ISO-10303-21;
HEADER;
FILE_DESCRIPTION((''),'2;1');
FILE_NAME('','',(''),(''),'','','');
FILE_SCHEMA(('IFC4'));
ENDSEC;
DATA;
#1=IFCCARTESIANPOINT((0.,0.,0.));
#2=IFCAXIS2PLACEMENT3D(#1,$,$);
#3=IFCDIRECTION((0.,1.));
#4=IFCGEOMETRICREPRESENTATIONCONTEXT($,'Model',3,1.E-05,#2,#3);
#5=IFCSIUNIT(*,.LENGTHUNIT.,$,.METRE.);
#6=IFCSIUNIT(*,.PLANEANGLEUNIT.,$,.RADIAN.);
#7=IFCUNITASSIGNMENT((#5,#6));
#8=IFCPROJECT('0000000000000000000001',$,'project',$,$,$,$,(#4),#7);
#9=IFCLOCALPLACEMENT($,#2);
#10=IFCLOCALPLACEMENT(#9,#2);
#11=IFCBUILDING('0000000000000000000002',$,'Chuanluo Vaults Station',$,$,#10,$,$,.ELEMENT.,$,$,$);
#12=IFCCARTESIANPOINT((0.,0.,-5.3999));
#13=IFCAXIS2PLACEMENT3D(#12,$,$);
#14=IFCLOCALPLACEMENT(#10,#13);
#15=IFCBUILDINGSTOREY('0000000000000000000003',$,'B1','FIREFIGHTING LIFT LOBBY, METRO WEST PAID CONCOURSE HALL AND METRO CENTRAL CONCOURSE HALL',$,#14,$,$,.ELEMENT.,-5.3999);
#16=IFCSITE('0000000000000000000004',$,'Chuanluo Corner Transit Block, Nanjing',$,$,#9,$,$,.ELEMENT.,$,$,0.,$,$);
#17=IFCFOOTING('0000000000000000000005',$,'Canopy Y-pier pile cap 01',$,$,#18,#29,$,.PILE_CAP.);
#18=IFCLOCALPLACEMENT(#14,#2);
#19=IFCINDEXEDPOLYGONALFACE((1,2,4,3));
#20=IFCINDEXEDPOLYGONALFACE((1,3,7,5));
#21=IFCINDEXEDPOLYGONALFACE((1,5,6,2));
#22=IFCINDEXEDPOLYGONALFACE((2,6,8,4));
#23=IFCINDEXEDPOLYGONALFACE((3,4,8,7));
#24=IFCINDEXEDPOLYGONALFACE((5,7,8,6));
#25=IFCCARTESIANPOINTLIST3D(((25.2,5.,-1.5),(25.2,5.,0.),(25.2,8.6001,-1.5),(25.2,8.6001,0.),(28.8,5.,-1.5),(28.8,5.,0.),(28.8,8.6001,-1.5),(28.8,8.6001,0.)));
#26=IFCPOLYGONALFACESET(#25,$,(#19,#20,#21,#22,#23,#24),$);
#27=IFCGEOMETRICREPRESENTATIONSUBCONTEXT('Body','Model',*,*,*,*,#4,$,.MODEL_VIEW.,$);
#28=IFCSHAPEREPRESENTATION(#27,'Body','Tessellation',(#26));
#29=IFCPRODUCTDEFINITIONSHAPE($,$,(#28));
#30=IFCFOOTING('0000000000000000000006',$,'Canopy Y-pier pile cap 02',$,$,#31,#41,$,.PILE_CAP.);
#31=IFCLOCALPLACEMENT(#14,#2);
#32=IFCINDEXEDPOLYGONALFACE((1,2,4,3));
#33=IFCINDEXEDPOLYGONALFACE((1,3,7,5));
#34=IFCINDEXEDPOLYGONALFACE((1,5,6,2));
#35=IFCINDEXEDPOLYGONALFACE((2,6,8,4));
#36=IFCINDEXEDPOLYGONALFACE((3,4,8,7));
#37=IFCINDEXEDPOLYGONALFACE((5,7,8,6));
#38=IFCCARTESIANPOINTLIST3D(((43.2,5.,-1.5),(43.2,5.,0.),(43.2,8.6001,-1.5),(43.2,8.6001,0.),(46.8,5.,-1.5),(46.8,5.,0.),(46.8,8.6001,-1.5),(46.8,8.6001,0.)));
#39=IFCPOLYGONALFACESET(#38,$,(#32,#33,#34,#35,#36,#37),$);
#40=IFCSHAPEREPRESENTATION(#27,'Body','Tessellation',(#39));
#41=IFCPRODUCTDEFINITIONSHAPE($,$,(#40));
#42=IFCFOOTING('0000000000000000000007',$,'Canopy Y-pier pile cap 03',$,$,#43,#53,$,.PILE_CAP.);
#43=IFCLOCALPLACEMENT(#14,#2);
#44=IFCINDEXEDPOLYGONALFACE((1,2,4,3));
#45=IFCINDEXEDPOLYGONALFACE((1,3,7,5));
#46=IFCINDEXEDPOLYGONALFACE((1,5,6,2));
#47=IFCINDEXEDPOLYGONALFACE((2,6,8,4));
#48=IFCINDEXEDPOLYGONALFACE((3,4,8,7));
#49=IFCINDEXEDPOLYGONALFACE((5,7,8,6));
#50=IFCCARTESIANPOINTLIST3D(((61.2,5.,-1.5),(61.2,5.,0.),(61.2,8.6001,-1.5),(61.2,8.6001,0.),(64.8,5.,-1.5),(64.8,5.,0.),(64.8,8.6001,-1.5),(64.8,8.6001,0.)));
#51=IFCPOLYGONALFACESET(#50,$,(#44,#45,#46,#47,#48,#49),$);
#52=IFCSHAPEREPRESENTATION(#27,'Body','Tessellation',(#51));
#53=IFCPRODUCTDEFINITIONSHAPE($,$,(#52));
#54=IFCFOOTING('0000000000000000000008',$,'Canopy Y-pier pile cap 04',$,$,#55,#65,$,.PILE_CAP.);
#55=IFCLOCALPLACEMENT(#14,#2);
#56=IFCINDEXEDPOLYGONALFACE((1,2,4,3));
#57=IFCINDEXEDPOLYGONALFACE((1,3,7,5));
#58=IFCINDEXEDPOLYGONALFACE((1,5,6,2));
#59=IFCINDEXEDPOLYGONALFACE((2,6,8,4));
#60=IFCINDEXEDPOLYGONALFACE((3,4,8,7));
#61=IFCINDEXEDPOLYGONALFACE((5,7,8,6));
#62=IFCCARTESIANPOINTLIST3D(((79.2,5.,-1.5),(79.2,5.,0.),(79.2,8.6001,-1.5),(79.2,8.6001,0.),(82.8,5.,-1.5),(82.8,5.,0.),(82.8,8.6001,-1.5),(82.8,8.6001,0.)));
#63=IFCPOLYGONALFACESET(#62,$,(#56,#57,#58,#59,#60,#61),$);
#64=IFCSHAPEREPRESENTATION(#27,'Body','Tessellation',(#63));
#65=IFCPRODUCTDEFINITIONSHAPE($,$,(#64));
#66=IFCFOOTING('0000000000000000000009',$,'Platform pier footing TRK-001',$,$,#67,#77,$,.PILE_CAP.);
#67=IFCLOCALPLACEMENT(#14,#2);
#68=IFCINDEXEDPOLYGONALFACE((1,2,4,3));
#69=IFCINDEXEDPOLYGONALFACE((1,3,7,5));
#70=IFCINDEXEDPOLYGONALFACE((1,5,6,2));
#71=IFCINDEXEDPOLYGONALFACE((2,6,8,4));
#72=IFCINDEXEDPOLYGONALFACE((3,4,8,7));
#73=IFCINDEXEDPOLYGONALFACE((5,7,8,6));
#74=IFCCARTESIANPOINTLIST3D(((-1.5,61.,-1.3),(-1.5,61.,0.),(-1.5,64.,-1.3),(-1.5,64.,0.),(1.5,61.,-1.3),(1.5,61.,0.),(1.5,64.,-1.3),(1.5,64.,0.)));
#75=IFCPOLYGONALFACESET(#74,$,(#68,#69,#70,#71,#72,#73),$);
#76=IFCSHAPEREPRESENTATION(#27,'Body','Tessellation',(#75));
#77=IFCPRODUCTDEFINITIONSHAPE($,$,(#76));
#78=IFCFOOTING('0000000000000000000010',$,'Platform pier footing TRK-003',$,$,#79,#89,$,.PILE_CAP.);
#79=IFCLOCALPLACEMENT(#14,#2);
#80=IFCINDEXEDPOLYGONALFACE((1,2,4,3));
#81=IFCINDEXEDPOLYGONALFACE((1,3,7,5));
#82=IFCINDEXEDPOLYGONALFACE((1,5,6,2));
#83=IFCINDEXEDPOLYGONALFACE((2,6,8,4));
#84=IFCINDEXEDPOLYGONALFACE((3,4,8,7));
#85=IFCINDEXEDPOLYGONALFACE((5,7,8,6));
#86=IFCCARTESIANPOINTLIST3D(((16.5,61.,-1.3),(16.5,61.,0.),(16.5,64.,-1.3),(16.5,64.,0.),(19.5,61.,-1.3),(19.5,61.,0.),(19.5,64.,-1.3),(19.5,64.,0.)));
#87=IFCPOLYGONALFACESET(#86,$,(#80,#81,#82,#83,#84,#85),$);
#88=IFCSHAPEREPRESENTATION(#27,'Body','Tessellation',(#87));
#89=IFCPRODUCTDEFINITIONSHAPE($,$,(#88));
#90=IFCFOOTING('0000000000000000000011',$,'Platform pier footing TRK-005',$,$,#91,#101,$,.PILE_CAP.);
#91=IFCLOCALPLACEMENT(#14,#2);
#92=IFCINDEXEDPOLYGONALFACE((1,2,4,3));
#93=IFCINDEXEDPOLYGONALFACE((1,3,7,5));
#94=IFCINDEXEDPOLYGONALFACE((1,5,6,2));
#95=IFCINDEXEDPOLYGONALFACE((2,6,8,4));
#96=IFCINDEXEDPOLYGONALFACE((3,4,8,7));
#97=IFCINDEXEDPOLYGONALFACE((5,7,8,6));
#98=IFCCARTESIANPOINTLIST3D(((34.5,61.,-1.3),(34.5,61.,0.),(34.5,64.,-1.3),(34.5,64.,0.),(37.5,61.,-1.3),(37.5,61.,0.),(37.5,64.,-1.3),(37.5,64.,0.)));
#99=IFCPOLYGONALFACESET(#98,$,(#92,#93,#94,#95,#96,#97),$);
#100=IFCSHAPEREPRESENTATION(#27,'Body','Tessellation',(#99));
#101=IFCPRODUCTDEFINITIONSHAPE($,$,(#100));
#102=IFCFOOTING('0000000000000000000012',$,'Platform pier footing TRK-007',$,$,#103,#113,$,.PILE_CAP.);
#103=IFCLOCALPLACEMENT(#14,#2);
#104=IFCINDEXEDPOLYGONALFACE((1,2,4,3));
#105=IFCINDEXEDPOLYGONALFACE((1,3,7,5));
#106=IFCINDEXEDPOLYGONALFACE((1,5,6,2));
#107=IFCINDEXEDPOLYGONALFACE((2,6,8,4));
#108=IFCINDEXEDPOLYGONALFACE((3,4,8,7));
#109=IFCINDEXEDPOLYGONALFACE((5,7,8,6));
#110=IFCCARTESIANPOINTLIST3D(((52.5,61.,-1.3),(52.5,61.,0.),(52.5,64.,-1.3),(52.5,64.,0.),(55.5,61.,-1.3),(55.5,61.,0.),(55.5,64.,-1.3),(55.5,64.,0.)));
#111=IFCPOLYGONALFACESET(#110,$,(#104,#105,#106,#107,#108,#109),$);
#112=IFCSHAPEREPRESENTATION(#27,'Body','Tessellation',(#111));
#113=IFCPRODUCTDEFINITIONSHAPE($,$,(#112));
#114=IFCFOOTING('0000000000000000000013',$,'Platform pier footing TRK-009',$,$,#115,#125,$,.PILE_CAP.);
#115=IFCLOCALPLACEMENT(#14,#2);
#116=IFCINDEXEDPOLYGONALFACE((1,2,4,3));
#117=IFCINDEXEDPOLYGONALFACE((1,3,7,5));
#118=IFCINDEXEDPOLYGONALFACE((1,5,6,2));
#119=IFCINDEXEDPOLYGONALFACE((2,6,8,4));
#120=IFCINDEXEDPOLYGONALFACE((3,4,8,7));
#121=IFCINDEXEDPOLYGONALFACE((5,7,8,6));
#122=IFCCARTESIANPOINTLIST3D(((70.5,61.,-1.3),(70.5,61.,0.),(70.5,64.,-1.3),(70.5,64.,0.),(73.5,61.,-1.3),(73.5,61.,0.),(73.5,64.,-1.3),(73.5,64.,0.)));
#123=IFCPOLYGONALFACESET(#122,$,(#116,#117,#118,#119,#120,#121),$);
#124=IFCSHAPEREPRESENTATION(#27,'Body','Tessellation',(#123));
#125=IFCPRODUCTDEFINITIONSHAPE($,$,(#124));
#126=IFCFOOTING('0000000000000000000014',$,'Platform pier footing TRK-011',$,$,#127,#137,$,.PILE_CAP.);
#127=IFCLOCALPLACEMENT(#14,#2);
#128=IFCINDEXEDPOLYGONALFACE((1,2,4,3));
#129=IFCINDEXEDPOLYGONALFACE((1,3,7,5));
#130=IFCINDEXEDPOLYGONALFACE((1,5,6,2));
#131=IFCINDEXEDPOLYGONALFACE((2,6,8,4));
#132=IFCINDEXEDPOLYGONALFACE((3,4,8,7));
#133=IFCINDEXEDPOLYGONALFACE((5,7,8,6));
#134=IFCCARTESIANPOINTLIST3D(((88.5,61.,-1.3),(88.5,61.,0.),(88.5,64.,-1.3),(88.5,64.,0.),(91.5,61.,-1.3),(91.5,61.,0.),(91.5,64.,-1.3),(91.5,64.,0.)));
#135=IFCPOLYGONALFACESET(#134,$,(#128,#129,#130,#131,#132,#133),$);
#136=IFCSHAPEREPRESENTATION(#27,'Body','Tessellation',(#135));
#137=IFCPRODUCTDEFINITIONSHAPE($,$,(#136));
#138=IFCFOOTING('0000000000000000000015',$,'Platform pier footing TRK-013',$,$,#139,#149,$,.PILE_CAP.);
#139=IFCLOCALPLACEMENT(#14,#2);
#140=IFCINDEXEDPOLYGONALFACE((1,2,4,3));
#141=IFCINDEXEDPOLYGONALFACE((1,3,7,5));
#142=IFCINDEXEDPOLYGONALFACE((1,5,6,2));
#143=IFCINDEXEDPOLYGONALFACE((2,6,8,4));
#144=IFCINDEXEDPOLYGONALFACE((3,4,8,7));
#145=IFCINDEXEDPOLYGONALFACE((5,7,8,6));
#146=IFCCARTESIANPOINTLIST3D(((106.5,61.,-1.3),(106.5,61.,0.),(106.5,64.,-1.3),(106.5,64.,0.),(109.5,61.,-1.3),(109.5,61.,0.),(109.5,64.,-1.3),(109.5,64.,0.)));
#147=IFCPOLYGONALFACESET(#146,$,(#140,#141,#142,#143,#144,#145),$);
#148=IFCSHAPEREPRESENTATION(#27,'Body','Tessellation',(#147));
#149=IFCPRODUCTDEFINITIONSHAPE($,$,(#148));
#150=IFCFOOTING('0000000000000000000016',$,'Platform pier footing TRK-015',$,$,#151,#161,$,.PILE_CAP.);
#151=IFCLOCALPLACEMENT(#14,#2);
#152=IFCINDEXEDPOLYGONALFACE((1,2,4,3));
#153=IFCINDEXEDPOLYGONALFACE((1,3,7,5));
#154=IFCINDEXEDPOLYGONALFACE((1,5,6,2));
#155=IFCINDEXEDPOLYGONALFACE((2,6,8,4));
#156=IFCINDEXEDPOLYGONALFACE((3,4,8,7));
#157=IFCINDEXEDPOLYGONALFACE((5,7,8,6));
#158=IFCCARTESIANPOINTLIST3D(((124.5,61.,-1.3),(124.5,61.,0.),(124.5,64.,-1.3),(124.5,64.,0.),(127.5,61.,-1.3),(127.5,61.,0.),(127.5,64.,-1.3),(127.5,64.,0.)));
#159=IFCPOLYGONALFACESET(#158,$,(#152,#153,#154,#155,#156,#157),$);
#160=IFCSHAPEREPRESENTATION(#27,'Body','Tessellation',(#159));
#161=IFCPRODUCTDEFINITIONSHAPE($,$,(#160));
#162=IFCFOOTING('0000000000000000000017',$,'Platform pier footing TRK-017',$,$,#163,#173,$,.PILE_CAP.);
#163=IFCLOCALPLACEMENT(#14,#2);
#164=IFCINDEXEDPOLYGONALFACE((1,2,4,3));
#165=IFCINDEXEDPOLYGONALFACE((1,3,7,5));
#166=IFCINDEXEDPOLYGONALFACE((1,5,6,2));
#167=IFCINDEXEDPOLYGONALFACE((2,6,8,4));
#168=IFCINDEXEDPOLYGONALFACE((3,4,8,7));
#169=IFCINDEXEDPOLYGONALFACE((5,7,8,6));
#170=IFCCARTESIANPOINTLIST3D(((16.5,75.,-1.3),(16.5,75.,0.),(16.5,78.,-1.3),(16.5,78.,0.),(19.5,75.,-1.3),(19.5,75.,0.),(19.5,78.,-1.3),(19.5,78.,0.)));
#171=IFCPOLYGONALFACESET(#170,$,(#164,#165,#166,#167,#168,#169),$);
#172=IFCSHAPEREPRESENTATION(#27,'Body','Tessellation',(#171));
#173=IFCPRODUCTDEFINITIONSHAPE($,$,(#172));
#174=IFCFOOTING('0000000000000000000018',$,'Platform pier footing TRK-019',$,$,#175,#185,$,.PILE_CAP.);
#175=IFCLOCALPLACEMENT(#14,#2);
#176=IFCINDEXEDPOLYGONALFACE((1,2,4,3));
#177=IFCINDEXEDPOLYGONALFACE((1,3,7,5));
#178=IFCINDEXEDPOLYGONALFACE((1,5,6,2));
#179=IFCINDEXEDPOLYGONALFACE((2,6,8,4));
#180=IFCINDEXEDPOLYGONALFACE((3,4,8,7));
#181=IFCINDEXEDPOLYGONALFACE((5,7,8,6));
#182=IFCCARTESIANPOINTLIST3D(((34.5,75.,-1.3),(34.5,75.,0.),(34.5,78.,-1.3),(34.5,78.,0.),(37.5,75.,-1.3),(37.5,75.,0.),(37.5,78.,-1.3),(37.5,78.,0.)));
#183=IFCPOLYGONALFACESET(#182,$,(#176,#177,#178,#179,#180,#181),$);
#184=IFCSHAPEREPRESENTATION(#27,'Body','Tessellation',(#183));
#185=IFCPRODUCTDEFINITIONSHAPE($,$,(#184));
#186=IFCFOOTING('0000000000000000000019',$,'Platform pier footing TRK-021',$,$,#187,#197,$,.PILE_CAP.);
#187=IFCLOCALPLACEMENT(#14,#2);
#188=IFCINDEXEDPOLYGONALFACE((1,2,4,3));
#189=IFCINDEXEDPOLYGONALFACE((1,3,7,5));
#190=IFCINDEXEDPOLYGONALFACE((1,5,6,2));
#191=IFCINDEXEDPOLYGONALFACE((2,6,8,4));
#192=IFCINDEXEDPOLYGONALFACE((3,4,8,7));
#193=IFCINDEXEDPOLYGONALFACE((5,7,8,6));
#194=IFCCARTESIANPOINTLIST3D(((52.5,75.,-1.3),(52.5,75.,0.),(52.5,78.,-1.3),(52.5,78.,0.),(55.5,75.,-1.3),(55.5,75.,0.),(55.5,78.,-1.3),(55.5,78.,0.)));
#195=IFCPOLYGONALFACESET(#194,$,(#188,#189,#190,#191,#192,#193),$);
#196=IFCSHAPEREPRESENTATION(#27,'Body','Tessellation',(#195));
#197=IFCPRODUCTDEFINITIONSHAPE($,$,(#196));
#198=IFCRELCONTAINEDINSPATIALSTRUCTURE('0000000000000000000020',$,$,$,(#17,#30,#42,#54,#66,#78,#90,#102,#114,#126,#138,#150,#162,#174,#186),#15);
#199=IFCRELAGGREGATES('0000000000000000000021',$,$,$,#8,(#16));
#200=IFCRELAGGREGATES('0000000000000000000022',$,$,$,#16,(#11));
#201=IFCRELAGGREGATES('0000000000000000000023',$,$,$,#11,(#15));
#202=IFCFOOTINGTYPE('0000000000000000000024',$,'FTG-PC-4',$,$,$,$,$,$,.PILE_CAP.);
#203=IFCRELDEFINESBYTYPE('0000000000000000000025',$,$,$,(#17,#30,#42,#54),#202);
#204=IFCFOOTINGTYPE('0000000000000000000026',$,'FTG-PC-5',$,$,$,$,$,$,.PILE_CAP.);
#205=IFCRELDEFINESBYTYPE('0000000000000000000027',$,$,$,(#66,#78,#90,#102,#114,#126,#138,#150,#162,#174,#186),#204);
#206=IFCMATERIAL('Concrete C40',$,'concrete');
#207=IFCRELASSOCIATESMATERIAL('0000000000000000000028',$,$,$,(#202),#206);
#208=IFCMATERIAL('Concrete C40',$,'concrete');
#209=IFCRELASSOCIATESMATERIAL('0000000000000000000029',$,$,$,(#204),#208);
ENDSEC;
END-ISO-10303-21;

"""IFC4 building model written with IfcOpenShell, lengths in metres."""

from ifc_helpers import new_model, si_unit, direction, frame, origin, place, context, subcontext, project, spatial, polyline, outline, extrude, material, type_object, element, save


model = new_model("IFC4")

# Units and contexts
model_context = context("Model", 3, precision=1e-05, world=origin(), true_north=direction((0.0, 1.0)))
body_context = subcontext(model_context, "Body", "Model", "MODEL_VIEW")
ifc_project = project(units=[si_unit("LENGTHUNIT", "METRE"), si_unit("PLANEANGLEUNIT", "RADIAN")], contexts=[model_context])

# Site, building, storey
site_placement = place(None, origin())
site = spatial("IfcSite", under=ifc_project, at=site_placement, Name="Chuanluo Corner Transit Block, Nanjing", CompositionType="ELEMENT", RefElevation=0.0)
building_placement = place(site_placement, origin())
building = spatial("IfcBuilding", under=site, at=building_placement, Name="Chuanluo Vaults Station", CompositionType="ELEMENT")
storey_placement = place(building_placement, frame((0.0, 0.0, -5.3999)))
storey = spatial("IfcBuildingStorey", under=building, at=storey_placement, Name="B1", Description="FIREFIGHTING LIFT LOBBY, METRO WEST PAID CONCOURSE HALL AND METRO CENTRAL CONCOURSE HALL", CompositionType="ELEMENT", Elevation=-5.3999)

# Footings
ifc_material_1 = material(Name="Concrete C40", Category="concrete")
footing_type_1 = type_object("IfcFootingType", Name="FTG-PC-4", PredefinedType="PILE_CAP", material=ifc_material_1)
footing_1_placement = place(storey_placement, frame((0.0, 0.0, -1.5)))
element("IfcFooting", 1, at=footing_1_placement, inside=storey, type_object=footing_type_1, Name="Canopy Y-pier pile cap 01", PredefinedType="PILE_CAP", context=body_context, shape_type="SweptSolid", body=[
    extrude(outline(polyline([(25.2, 5.0), (28.8, 5.0), (28.8, 8.6001), (25.2, 8.6001), (25.2, 5.0)])), origin(), (0.0, 0.0, 1.0), 1.5),
])
footing_2_placement = place(storey_placement, frame((0.0, 0.0, -1.5)))
element("IfcFooting", 2, at=footing_2_placement, inside=storey, type_object=footing_type_1, Name="Canopy Y-pier pile cap 02", PredefinedType="PILE_CAP", context=body_context, shape_type="SweptSolid", body=[
    extrude(outline(polyline([(43.2, 5.0), (46.8, 5.0), (46.8, 8.6001), (43.2, 8.6001), (43.2, 5.0)])), origin(), (0.0, 0.0, 1.0), 1.5),
])
footing_3_placement = place(storey_placement, frame((0.0, 0.0, -1.5)))
element("IfcFooting", 3, at=footing_3_placement, inside=storey, type_object=footing_type_1, Name="Canopy Y-pier pile cap 03", PredefinedType="PILE_CAP", context=body_context, shape_type="SweptSolid", body=[
    extrude(outline(polyline([(61.2, 5.0), (64.8, 5.0), (64.8, 8.6001), (61.2, 8.6001), (61.2, 5.0)])), origin(), (0.0, 0.0, 1.0), 1.5),
])
footing_4_placement = place(storey_placement, frame((0.0, 0.0, -1.5)))
element("IfcFooting", 4, at=footing_4_placement, inside=storey, type_object=footing_type_1, Name="Canopy Y-pier pile cap 04", PredefinedType="PILE_CAP", context=body_context, shape_type="SweptSolid", body=[
    extrude(outline(polyline([(79.2, 5.0), (82.8, 5.0), (82.8, 8.6001), (79.2, 8.6001), (79.2, 5.0)])), origin(), (0.0, 0.0, 1.0), 1.5),
])
ifc_material_2 = material(Name="Concrete C40", Category="concrete")
footing_type_2 = type_object("IfcFootingType", Name="FTG-PC-5", PredefinedType="PILE_CAP", material=ifc_material_2)
footing_5_placement = place(storey_placement, frame((0.0, 0.0, -1.3)))
element("IfcFooting", 5, at=footing_5_placement, inside=storey, type_object=footing_type_2, Name="Platform pier footing TRK-001", PredefinedType="PILE_CAP", context=body_context, shape_type="SweptSolid", body=[
    extrude(outline(polyline([(-1.5, 61.0), (1.5, 61.0), (1.5, 64.0), (-1.5, 64.0), (-1.5, 61.0)])), origin(), (0.0, 0.0, 1.0), 1.3),
])
footing_6_placement = place(storey_placement, frame((0.0, 0.0, -1.3)))
element("IfcFooting", 6, at=footing_6_placement, inside=storey, type_object=footing_type_2, Name="Platform pier footing TRK-003", PredefinedType="PILE_CAP", context=body_context, shape_type="SweptSolid", body=[
    extrude(outline(polyline([(16.5, 61.0), (19.5, 61.0), (19.5, 64.0), (16.5, 64.0), (16.5, 61.0)])), origin(), (0.0, 0.0, 1.0), 1.3),
])
footing_7_placement = place(storey_placement, frame((0.0, 0.0, -1.3)))
element("IfcFooting", 7, at=footing_7_placement, inside=storey, type_object=footing_type_2, Name="Platform pier footing TRK-005", PredefinedType="PILE_CAP", context=body_context, shape_type="SweptSolid", body=[
    extrude(outline(polyline([(34.5, 61.0), (37.5, 61.0), (37.5, 64.0), (34.5, 64.0), (34.5, 61.0)])), origin(), (0.0, 0.0, 1.0), 1.3),
])
footing_8_placement = place(storey_placement, frame((0.0, 0.0, -1.3)))
element("IfcFooting", 8, at=footing_8_placement, inside=storey, type_object=footing_type_2, Name="Platform pier footing TRK-007", PredefinedType="PILE_CAP", context=body_context, shape_type="SweptSolid", body=[
    extrude(outline(polyline([(52.5, 61.0), (55.5, 61.0), (55.5, 64.0), (52.5, 64.0), (52.5, 61.0)])), origin(), (0.0, 0.0, 1.0), 1.3),
])
footing_9_placement = place(storey_placement, frame((0.0, 0.0, -1.3)))
element("IfcFooting", 9, at=footing_9_placement, inside=storey, type_object=footing_type_2, Name="Platform pier footing TRK-009", PredefinedType="PILE_CAP", context=body_context, shape_type="SweptSolid", body=[
    extrude(outline(polyline([(70.5, 61.0), (73.5, 61.0), (73.5, 64.0), (70.5, 64.0), (70.5, 61.0)])), origin(), (0.0, 0.0, 1.0), 1.3),
])
footing_10_placement = place(storey_placement, frame((0.0, 0.0, -1.3)))
element("IfcFooting", 10, at=footing_10_placement, inside=storey, type_object=footing_type_2, Name="Platform pier footing TRK-011", PredefinedType="PILE_CAP", context=body_context, shape_type="SweptSolid", body=[
    extrude(outline(polyline([(88.5, 61.0), (91.5, 61.0), (91.5, 64.0), (88.5, 64.0), (88.5, 61.0)])), origin(), (0.0, 0.0, 1.0), 1.3),
])
footing_11_placement = place(storey_placement, frame((0.0, 0.0, -1.3)))
element("IfcFooting", 11, at=footing_11_placement, inside=storey, type_object=footing_type_2, Name="Platform pier footing TRK-013", PredefinedType="PILE_CAP", context=body_context, shape_type="SweptSolid", body=[
    extrude(outline(polyline([(106.5, 61.0), (109.5, 61.0), (109.5, 64.0), (106.5, 64.0), (106.5, 61.0)])), origin(), (0.0, 0.0, 1.0), 1.3),
])
footing_12_placement = place(storey_placement, frame((0.0, 0.0, -1.3)))
element("IfcFooting", 12, at=footing_12_placement, inside=storey, type_object=footing_type_2, Name="Platform pier footing TRK-015", PredefinedType="PILE_CAP", context=body_context, shape_type="SweptSolid", body=[
    extrude(outline(polyline([(124.5, 61.0), (127.5, 61.0), (127.5, 64.0), (124.5, 64.0), (124.5, 61.0)])), origin(), (0.0, 0.0, 1.0), 1.3),
])
footing_13_placement = place(storey_placement, frame((0.0, 0.0, -1.3)))
element("IfcFooting", 13, at=footing_13_placement, inside=storey, type_object=footing_type_2, Name="Platform pier footing TRK-017", PredefinedType="PILE_CAP", context=body_context, shape_type="SweptSolid", body=[
    extrude(outline(polyline([(16.5, 75.0), (19.5, 75.0), (19.5, 78.0), (16.5, 78.0), (16.5, 75.0)])), origin(), (0.0, 0.0, 1.0), 1.3),
])
footing_14_placement = place(storey_placement, frame((0.0, 0.0, -1.3)))
element("IfcFooting", 14, at=footing_14_placement, inside=storey, type_object=footing_type_2, Name="Platform pier footing TRK-019", PredefinedType="PILE_CAP", context=body_context, shape_type="SweptSolid", body=[
    extrude(outline(polyline([(34.5, 75.0), (37.5, 75.0), (37.5, 78.0), (34.5, 78.0), (34.5, 75.0)])), origin(), (0.0, 0.0, 1.0), 1.3),
])
footing_15_placement = place(storey_placement, frame((0.0, 0.0, -1.3)))
element("IfcFooting", 15, at=footing_15_placement, inside=storey, type_object=footing_type_2, Name="Platform pier footing TRK-021", PredefinedType="PILE_CAP", context=body_context, shape_type="SweptSolid", body=[
    extrude(outline(polyline([(52.5, 75.0), (55.5, 75.0), (55.5, 78.0), (52.5, 78.0), (52.5, 75.0)])), origin(), (0.0, 0.0, 1.0), 1.3),
])

save(model, "model.ifc")
